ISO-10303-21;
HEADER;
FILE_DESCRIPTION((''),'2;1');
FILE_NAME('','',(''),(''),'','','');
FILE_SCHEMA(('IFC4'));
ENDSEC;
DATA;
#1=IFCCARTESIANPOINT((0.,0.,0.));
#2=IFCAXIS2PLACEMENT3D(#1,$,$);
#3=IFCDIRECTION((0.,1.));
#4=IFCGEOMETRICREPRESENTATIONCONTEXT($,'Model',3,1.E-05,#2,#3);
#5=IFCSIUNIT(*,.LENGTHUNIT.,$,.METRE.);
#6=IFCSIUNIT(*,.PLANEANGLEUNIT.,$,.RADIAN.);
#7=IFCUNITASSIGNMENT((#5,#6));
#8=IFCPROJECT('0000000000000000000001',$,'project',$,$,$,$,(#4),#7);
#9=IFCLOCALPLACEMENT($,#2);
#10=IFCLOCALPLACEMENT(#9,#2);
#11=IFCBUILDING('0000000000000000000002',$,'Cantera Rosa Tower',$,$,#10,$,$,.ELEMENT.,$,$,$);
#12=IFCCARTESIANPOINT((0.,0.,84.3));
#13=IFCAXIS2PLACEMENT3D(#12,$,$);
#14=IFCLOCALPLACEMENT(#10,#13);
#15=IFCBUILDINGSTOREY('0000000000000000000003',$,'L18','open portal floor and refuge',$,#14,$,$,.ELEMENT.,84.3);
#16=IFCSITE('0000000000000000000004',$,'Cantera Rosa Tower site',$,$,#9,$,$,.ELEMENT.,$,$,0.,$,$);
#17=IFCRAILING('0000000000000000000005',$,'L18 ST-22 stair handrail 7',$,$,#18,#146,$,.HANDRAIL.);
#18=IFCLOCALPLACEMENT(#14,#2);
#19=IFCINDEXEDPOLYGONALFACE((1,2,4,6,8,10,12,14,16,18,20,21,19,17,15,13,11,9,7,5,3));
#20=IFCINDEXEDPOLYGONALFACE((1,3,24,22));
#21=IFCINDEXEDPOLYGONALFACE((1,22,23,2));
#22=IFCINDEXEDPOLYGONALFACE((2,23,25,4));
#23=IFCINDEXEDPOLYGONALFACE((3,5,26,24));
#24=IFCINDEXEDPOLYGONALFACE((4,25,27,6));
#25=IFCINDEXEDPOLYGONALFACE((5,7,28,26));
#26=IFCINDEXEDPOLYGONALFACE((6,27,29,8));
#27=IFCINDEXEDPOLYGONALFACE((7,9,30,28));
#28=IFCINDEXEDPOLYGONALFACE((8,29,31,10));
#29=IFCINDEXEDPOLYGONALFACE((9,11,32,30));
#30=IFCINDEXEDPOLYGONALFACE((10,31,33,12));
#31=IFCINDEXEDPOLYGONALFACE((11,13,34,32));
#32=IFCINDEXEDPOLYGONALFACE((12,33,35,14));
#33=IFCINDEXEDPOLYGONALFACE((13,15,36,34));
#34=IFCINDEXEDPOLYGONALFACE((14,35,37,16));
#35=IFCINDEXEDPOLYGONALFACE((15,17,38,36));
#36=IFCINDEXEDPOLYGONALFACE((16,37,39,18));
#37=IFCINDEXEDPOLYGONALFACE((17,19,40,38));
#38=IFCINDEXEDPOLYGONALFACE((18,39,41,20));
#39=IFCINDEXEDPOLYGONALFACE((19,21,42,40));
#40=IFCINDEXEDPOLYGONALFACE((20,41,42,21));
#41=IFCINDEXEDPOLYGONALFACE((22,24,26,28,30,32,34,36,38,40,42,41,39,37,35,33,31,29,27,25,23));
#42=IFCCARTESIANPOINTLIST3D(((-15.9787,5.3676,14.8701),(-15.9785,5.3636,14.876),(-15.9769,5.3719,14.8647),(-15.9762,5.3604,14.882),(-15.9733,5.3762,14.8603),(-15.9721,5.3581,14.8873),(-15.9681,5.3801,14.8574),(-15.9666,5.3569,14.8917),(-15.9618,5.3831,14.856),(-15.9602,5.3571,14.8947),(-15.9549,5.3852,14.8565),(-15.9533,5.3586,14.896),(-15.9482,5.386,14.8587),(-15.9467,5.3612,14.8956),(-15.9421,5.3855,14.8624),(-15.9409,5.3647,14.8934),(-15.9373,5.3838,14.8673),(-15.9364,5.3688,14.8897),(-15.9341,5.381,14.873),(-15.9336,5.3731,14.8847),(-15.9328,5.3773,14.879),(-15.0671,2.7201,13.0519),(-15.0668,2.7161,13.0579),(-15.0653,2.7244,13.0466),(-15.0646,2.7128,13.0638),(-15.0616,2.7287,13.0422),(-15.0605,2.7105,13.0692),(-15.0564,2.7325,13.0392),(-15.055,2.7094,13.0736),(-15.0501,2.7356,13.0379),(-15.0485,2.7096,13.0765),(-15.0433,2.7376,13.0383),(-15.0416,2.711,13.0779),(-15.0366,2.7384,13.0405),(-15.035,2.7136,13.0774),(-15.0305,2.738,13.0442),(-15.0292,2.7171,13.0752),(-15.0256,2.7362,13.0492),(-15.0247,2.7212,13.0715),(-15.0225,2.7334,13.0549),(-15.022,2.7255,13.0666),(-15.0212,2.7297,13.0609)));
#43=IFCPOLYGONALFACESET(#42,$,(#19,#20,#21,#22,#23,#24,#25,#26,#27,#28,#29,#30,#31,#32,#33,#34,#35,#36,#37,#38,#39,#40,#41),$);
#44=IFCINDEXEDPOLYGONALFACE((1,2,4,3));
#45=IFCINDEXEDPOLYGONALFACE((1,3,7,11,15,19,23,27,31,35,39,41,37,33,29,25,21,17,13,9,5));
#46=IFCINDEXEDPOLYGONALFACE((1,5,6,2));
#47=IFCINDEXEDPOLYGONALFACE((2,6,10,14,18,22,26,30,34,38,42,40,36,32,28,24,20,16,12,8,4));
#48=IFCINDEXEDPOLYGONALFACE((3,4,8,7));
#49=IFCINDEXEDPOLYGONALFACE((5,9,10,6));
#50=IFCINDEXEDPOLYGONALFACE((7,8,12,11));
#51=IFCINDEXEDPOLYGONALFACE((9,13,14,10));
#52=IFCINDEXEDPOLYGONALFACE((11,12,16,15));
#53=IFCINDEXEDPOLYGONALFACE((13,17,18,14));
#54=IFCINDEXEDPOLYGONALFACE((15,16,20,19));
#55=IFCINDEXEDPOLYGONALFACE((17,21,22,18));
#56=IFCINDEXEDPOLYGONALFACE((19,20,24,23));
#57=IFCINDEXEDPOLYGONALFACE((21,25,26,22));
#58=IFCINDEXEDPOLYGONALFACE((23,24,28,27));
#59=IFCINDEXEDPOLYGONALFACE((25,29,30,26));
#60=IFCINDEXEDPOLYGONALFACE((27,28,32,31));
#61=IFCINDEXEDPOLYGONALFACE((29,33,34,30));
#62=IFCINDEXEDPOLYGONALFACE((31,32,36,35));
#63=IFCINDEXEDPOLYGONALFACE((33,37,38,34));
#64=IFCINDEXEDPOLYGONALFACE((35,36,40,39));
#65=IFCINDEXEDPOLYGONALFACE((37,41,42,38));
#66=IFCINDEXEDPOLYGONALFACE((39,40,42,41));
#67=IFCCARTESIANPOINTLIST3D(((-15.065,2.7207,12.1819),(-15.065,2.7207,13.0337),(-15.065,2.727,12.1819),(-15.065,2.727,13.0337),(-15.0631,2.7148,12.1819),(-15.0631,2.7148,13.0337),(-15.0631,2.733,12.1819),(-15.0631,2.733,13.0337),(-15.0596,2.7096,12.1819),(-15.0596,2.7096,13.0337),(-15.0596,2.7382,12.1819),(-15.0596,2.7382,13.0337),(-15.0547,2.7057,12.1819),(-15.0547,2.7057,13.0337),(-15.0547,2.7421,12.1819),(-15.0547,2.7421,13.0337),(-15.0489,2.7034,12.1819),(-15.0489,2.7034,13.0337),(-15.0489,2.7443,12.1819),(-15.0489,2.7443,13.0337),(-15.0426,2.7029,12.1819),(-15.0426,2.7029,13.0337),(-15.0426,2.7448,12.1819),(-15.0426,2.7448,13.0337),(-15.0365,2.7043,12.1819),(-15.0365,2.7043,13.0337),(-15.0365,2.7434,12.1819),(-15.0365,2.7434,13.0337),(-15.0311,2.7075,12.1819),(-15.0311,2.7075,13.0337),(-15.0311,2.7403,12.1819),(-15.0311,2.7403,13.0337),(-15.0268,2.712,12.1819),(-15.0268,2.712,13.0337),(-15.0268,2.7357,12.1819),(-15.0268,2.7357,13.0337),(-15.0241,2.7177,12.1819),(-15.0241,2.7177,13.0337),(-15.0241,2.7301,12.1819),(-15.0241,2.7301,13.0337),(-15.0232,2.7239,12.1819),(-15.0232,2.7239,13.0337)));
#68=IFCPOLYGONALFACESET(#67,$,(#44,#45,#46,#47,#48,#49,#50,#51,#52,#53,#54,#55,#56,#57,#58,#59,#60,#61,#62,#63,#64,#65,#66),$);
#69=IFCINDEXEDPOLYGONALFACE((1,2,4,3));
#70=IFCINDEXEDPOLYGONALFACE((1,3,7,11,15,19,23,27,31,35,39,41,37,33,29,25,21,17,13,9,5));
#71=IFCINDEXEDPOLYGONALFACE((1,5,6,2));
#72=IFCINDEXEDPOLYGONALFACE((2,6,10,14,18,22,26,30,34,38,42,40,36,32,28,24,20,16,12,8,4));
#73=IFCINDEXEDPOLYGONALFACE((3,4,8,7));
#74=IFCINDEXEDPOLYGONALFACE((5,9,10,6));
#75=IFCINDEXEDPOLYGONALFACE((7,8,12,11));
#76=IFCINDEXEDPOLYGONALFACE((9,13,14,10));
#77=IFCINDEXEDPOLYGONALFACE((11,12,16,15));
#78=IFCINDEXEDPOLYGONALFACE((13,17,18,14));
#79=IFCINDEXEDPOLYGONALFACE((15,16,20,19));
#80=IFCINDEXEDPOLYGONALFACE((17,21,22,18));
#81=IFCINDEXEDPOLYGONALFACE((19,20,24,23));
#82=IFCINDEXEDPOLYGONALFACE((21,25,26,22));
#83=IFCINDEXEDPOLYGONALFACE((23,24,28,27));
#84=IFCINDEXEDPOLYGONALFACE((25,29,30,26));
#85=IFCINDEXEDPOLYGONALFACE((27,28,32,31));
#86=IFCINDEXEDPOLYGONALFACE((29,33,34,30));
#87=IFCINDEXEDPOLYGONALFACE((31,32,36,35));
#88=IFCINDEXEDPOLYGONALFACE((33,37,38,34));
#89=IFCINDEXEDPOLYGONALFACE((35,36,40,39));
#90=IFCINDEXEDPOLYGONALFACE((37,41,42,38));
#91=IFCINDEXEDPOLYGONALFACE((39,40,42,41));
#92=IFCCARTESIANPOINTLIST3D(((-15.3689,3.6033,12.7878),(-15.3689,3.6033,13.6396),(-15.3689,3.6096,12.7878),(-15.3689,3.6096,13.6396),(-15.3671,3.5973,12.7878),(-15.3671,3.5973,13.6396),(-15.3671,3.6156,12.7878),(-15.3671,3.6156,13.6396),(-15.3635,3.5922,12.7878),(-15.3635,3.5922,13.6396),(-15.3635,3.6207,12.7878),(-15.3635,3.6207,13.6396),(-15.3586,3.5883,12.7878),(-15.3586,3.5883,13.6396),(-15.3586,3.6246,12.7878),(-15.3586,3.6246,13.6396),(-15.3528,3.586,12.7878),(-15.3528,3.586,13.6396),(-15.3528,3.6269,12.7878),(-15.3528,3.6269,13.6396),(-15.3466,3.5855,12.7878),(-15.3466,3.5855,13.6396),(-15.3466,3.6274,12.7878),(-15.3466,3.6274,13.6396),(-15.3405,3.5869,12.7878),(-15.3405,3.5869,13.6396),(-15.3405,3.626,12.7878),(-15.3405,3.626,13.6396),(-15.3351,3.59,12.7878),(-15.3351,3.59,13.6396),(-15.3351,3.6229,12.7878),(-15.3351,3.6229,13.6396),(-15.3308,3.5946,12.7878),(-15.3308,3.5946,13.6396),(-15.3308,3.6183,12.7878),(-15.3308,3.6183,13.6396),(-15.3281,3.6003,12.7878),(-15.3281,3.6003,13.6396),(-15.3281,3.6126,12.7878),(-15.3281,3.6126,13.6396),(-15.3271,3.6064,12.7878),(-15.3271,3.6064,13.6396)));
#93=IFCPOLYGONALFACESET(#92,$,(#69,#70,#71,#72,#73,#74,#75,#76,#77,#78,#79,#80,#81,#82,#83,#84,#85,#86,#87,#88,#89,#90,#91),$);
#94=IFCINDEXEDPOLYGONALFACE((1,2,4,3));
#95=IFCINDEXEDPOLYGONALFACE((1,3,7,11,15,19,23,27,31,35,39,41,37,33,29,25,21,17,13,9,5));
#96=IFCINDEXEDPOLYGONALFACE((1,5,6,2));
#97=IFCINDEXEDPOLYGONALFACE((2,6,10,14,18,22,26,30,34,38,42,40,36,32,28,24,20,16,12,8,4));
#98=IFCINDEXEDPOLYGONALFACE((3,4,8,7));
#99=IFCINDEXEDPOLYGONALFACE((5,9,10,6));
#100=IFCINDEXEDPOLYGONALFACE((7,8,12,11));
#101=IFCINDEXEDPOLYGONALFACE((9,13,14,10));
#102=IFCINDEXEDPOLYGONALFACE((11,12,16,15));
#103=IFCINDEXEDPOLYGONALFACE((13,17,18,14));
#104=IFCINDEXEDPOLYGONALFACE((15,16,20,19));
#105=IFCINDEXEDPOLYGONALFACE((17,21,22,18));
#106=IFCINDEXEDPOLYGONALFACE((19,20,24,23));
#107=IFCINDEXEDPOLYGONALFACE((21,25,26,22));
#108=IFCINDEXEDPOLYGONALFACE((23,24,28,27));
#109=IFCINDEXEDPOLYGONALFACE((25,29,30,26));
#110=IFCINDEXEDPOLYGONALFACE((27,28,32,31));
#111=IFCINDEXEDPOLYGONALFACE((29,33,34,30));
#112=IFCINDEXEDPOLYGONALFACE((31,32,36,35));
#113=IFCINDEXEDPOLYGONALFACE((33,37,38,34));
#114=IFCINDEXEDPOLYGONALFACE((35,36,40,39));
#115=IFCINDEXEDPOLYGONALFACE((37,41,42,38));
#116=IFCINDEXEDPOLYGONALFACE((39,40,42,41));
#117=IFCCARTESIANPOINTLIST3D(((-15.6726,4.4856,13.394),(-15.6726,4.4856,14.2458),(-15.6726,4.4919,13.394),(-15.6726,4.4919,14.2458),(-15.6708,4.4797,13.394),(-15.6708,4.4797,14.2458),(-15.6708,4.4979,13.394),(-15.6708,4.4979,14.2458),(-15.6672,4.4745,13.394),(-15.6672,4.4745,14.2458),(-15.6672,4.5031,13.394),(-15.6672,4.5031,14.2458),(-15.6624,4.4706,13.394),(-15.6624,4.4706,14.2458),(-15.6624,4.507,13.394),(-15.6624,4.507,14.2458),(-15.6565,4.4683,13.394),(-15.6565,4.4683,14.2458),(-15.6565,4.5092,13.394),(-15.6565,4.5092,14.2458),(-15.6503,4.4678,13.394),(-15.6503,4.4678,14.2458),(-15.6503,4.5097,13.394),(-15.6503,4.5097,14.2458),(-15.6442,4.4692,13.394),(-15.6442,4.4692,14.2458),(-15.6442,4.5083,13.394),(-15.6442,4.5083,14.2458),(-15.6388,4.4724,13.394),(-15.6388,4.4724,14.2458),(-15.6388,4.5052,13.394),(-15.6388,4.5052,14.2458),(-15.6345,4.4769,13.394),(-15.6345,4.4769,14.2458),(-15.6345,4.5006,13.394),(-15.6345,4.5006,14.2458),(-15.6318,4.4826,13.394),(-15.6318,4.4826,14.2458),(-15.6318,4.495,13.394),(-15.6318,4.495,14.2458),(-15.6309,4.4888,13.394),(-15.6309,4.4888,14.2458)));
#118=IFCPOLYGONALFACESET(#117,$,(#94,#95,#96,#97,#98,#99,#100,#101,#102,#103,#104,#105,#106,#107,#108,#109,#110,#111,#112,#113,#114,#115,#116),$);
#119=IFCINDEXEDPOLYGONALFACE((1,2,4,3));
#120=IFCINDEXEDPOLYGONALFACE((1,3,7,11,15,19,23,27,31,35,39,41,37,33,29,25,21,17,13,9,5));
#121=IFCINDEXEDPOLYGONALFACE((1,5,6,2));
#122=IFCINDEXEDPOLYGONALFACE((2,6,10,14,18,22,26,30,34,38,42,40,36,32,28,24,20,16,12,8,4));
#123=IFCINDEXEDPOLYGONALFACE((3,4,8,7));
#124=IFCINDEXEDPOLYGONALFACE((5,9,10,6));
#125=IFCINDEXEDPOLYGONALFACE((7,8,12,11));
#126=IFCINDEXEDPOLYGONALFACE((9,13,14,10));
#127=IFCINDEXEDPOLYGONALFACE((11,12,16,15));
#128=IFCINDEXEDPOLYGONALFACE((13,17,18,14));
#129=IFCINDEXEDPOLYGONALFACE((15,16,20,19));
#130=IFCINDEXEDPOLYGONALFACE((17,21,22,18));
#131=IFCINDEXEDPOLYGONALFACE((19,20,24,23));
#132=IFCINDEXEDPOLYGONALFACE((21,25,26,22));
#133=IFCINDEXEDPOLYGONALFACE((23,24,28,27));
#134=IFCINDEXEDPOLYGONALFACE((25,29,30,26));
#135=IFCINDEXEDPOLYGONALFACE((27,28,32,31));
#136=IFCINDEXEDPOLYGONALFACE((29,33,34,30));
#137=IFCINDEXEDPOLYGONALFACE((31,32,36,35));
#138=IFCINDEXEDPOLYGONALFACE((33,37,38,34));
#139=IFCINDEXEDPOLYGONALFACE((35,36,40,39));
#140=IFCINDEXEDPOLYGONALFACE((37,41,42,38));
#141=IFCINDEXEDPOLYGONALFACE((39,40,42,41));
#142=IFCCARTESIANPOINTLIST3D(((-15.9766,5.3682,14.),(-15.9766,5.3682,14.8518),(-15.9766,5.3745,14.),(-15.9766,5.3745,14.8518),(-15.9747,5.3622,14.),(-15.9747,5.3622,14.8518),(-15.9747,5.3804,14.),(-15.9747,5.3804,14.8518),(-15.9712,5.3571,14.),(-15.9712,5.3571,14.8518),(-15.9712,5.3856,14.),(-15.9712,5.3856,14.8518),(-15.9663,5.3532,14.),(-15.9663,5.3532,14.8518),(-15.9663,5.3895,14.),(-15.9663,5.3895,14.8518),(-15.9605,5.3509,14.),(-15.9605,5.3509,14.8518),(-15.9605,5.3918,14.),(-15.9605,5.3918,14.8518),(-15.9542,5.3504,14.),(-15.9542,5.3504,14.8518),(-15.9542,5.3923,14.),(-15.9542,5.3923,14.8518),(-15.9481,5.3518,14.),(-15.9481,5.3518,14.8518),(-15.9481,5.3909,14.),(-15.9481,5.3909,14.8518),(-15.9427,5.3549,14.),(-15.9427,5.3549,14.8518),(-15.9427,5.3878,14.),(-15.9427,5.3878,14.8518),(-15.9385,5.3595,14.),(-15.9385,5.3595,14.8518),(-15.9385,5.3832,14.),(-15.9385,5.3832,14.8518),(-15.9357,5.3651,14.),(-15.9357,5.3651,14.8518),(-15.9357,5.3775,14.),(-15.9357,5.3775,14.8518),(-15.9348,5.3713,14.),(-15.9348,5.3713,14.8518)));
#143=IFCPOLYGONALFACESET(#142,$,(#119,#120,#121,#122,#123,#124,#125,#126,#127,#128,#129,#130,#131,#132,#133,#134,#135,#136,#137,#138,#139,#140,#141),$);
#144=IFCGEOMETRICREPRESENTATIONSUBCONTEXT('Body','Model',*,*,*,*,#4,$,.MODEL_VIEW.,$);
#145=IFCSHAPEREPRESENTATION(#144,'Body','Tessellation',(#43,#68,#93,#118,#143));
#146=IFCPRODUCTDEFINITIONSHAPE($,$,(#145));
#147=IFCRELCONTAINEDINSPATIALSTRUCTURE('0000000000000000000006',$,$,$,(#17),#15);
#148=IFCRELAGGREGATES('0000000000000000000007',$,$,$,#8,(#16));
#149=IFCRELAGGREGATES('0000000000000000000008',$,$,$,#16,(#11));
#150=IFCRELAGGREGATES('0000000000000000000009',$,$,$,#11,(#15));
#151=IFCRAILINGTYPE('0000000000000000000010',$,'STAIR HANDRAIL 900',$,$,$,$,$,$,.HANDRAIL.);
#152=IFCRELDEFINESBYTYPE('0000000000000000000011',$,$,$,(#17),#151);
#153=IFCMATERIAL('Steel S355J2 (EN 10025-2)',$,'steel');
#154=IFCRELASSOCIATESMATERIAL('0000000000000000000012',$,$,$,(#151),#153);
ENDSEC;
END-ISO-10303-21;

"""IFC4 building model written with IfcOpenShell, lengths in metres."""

from ifc_helpers import new_model, si_unit, direction, frame, origin, origin_2d, place, context, subcontext, project, spatial, circle, extrude, material, type_object, element, save


model = new_model("IFC4")

# Units and contexts
model_context = context("Model", 3, precision=1e-05, world=origin(), true_north=direction((0.0, 1.0)))
body_context = subcontext(model_context, "Body", "Model", "MODEL_VIEW")
ifc_project = project(units=[si_unit("LENGTHUNIT", "METRE"), si_unit("PLANEANGLEUNIT", "RADIAN")], contexts=[model_context])

# Site, building, storey
site_placement = place(None, origin())
site = spatial("IfcSite", under=ifc_project, at=site_placement, Name="Cantera Rosa Tower site", CompositionType="ELEMENT", RefElevation=0.0)
building_placement = place(site_placement, origin())
building = spatial("IfcBuilding", under=site, at=building_placement, Name="Cantera Rosa Tower", CompositionType="ELEMENT")
storey_placement = place(building_placement, frame((0.0, 0.0, 84.3)))
storey = spatial("IfcBuildingStorey", under=building, at=storey_placement, Name="L18", Description="open portal floor and refuge", CompositionType="ELEMENT", Elevation=84.3)

# Railing
ifc_material_1 = material(Name="Steel S355J2 (EN 10025-2)", Category="steel")
railing_type_1 = type_object("IfcRailingType", Name="STAIR HANDRAIL 900", PredefinedType="HANDRAIL", material=ifc_material_1)
for number, where, name in (
    (1, (-15.0442, 2.7239, 12.1819), "L18 ST-22 stair handrail 7"),
):
    element("IfcRailing", number, at=place(storey_placement, frame(where)), inside=storey, type_object=railing_type_1, Name=name, PredefinedType="HANDRAIL", context=body_context, shape_type="SweptSolid", body=[
        extrude(circle(Radius=0.0239, at=origin_2d()), frame((0.0, 0.0, 0.876), z_axis=(-0.273062, 0.793007, 0.544589), x_axis=(-0.945516, -0.325577, 0.0)), (0.0, 0.0, 1.0), 3.3386),
        extrude(circle(Radius=0.021, at=origin_2d()), origin(), (0.0, 0.0, 1.0), 0.8518),
        extrude(circle(Radius=0.021, at=origin_2d()), frame((-0.304, 0.8826, 0.606)), (0.0, 0.0, 1.0), 0.8518),
        extrude(circle(Radius=0.021, at=origin_2d()), frame((-0.6077, 1.7649, 1.2122)), (0.0, 0.0, 1.0), 0.8518),
        extrude(circle(Radius=0.021, at=origin_2d()), frame((-0.9116, 2.6475, 1.8181)), (0.0, 0.0, 1.0), 0.8518),
    ])

save(model, "model.ifc")
